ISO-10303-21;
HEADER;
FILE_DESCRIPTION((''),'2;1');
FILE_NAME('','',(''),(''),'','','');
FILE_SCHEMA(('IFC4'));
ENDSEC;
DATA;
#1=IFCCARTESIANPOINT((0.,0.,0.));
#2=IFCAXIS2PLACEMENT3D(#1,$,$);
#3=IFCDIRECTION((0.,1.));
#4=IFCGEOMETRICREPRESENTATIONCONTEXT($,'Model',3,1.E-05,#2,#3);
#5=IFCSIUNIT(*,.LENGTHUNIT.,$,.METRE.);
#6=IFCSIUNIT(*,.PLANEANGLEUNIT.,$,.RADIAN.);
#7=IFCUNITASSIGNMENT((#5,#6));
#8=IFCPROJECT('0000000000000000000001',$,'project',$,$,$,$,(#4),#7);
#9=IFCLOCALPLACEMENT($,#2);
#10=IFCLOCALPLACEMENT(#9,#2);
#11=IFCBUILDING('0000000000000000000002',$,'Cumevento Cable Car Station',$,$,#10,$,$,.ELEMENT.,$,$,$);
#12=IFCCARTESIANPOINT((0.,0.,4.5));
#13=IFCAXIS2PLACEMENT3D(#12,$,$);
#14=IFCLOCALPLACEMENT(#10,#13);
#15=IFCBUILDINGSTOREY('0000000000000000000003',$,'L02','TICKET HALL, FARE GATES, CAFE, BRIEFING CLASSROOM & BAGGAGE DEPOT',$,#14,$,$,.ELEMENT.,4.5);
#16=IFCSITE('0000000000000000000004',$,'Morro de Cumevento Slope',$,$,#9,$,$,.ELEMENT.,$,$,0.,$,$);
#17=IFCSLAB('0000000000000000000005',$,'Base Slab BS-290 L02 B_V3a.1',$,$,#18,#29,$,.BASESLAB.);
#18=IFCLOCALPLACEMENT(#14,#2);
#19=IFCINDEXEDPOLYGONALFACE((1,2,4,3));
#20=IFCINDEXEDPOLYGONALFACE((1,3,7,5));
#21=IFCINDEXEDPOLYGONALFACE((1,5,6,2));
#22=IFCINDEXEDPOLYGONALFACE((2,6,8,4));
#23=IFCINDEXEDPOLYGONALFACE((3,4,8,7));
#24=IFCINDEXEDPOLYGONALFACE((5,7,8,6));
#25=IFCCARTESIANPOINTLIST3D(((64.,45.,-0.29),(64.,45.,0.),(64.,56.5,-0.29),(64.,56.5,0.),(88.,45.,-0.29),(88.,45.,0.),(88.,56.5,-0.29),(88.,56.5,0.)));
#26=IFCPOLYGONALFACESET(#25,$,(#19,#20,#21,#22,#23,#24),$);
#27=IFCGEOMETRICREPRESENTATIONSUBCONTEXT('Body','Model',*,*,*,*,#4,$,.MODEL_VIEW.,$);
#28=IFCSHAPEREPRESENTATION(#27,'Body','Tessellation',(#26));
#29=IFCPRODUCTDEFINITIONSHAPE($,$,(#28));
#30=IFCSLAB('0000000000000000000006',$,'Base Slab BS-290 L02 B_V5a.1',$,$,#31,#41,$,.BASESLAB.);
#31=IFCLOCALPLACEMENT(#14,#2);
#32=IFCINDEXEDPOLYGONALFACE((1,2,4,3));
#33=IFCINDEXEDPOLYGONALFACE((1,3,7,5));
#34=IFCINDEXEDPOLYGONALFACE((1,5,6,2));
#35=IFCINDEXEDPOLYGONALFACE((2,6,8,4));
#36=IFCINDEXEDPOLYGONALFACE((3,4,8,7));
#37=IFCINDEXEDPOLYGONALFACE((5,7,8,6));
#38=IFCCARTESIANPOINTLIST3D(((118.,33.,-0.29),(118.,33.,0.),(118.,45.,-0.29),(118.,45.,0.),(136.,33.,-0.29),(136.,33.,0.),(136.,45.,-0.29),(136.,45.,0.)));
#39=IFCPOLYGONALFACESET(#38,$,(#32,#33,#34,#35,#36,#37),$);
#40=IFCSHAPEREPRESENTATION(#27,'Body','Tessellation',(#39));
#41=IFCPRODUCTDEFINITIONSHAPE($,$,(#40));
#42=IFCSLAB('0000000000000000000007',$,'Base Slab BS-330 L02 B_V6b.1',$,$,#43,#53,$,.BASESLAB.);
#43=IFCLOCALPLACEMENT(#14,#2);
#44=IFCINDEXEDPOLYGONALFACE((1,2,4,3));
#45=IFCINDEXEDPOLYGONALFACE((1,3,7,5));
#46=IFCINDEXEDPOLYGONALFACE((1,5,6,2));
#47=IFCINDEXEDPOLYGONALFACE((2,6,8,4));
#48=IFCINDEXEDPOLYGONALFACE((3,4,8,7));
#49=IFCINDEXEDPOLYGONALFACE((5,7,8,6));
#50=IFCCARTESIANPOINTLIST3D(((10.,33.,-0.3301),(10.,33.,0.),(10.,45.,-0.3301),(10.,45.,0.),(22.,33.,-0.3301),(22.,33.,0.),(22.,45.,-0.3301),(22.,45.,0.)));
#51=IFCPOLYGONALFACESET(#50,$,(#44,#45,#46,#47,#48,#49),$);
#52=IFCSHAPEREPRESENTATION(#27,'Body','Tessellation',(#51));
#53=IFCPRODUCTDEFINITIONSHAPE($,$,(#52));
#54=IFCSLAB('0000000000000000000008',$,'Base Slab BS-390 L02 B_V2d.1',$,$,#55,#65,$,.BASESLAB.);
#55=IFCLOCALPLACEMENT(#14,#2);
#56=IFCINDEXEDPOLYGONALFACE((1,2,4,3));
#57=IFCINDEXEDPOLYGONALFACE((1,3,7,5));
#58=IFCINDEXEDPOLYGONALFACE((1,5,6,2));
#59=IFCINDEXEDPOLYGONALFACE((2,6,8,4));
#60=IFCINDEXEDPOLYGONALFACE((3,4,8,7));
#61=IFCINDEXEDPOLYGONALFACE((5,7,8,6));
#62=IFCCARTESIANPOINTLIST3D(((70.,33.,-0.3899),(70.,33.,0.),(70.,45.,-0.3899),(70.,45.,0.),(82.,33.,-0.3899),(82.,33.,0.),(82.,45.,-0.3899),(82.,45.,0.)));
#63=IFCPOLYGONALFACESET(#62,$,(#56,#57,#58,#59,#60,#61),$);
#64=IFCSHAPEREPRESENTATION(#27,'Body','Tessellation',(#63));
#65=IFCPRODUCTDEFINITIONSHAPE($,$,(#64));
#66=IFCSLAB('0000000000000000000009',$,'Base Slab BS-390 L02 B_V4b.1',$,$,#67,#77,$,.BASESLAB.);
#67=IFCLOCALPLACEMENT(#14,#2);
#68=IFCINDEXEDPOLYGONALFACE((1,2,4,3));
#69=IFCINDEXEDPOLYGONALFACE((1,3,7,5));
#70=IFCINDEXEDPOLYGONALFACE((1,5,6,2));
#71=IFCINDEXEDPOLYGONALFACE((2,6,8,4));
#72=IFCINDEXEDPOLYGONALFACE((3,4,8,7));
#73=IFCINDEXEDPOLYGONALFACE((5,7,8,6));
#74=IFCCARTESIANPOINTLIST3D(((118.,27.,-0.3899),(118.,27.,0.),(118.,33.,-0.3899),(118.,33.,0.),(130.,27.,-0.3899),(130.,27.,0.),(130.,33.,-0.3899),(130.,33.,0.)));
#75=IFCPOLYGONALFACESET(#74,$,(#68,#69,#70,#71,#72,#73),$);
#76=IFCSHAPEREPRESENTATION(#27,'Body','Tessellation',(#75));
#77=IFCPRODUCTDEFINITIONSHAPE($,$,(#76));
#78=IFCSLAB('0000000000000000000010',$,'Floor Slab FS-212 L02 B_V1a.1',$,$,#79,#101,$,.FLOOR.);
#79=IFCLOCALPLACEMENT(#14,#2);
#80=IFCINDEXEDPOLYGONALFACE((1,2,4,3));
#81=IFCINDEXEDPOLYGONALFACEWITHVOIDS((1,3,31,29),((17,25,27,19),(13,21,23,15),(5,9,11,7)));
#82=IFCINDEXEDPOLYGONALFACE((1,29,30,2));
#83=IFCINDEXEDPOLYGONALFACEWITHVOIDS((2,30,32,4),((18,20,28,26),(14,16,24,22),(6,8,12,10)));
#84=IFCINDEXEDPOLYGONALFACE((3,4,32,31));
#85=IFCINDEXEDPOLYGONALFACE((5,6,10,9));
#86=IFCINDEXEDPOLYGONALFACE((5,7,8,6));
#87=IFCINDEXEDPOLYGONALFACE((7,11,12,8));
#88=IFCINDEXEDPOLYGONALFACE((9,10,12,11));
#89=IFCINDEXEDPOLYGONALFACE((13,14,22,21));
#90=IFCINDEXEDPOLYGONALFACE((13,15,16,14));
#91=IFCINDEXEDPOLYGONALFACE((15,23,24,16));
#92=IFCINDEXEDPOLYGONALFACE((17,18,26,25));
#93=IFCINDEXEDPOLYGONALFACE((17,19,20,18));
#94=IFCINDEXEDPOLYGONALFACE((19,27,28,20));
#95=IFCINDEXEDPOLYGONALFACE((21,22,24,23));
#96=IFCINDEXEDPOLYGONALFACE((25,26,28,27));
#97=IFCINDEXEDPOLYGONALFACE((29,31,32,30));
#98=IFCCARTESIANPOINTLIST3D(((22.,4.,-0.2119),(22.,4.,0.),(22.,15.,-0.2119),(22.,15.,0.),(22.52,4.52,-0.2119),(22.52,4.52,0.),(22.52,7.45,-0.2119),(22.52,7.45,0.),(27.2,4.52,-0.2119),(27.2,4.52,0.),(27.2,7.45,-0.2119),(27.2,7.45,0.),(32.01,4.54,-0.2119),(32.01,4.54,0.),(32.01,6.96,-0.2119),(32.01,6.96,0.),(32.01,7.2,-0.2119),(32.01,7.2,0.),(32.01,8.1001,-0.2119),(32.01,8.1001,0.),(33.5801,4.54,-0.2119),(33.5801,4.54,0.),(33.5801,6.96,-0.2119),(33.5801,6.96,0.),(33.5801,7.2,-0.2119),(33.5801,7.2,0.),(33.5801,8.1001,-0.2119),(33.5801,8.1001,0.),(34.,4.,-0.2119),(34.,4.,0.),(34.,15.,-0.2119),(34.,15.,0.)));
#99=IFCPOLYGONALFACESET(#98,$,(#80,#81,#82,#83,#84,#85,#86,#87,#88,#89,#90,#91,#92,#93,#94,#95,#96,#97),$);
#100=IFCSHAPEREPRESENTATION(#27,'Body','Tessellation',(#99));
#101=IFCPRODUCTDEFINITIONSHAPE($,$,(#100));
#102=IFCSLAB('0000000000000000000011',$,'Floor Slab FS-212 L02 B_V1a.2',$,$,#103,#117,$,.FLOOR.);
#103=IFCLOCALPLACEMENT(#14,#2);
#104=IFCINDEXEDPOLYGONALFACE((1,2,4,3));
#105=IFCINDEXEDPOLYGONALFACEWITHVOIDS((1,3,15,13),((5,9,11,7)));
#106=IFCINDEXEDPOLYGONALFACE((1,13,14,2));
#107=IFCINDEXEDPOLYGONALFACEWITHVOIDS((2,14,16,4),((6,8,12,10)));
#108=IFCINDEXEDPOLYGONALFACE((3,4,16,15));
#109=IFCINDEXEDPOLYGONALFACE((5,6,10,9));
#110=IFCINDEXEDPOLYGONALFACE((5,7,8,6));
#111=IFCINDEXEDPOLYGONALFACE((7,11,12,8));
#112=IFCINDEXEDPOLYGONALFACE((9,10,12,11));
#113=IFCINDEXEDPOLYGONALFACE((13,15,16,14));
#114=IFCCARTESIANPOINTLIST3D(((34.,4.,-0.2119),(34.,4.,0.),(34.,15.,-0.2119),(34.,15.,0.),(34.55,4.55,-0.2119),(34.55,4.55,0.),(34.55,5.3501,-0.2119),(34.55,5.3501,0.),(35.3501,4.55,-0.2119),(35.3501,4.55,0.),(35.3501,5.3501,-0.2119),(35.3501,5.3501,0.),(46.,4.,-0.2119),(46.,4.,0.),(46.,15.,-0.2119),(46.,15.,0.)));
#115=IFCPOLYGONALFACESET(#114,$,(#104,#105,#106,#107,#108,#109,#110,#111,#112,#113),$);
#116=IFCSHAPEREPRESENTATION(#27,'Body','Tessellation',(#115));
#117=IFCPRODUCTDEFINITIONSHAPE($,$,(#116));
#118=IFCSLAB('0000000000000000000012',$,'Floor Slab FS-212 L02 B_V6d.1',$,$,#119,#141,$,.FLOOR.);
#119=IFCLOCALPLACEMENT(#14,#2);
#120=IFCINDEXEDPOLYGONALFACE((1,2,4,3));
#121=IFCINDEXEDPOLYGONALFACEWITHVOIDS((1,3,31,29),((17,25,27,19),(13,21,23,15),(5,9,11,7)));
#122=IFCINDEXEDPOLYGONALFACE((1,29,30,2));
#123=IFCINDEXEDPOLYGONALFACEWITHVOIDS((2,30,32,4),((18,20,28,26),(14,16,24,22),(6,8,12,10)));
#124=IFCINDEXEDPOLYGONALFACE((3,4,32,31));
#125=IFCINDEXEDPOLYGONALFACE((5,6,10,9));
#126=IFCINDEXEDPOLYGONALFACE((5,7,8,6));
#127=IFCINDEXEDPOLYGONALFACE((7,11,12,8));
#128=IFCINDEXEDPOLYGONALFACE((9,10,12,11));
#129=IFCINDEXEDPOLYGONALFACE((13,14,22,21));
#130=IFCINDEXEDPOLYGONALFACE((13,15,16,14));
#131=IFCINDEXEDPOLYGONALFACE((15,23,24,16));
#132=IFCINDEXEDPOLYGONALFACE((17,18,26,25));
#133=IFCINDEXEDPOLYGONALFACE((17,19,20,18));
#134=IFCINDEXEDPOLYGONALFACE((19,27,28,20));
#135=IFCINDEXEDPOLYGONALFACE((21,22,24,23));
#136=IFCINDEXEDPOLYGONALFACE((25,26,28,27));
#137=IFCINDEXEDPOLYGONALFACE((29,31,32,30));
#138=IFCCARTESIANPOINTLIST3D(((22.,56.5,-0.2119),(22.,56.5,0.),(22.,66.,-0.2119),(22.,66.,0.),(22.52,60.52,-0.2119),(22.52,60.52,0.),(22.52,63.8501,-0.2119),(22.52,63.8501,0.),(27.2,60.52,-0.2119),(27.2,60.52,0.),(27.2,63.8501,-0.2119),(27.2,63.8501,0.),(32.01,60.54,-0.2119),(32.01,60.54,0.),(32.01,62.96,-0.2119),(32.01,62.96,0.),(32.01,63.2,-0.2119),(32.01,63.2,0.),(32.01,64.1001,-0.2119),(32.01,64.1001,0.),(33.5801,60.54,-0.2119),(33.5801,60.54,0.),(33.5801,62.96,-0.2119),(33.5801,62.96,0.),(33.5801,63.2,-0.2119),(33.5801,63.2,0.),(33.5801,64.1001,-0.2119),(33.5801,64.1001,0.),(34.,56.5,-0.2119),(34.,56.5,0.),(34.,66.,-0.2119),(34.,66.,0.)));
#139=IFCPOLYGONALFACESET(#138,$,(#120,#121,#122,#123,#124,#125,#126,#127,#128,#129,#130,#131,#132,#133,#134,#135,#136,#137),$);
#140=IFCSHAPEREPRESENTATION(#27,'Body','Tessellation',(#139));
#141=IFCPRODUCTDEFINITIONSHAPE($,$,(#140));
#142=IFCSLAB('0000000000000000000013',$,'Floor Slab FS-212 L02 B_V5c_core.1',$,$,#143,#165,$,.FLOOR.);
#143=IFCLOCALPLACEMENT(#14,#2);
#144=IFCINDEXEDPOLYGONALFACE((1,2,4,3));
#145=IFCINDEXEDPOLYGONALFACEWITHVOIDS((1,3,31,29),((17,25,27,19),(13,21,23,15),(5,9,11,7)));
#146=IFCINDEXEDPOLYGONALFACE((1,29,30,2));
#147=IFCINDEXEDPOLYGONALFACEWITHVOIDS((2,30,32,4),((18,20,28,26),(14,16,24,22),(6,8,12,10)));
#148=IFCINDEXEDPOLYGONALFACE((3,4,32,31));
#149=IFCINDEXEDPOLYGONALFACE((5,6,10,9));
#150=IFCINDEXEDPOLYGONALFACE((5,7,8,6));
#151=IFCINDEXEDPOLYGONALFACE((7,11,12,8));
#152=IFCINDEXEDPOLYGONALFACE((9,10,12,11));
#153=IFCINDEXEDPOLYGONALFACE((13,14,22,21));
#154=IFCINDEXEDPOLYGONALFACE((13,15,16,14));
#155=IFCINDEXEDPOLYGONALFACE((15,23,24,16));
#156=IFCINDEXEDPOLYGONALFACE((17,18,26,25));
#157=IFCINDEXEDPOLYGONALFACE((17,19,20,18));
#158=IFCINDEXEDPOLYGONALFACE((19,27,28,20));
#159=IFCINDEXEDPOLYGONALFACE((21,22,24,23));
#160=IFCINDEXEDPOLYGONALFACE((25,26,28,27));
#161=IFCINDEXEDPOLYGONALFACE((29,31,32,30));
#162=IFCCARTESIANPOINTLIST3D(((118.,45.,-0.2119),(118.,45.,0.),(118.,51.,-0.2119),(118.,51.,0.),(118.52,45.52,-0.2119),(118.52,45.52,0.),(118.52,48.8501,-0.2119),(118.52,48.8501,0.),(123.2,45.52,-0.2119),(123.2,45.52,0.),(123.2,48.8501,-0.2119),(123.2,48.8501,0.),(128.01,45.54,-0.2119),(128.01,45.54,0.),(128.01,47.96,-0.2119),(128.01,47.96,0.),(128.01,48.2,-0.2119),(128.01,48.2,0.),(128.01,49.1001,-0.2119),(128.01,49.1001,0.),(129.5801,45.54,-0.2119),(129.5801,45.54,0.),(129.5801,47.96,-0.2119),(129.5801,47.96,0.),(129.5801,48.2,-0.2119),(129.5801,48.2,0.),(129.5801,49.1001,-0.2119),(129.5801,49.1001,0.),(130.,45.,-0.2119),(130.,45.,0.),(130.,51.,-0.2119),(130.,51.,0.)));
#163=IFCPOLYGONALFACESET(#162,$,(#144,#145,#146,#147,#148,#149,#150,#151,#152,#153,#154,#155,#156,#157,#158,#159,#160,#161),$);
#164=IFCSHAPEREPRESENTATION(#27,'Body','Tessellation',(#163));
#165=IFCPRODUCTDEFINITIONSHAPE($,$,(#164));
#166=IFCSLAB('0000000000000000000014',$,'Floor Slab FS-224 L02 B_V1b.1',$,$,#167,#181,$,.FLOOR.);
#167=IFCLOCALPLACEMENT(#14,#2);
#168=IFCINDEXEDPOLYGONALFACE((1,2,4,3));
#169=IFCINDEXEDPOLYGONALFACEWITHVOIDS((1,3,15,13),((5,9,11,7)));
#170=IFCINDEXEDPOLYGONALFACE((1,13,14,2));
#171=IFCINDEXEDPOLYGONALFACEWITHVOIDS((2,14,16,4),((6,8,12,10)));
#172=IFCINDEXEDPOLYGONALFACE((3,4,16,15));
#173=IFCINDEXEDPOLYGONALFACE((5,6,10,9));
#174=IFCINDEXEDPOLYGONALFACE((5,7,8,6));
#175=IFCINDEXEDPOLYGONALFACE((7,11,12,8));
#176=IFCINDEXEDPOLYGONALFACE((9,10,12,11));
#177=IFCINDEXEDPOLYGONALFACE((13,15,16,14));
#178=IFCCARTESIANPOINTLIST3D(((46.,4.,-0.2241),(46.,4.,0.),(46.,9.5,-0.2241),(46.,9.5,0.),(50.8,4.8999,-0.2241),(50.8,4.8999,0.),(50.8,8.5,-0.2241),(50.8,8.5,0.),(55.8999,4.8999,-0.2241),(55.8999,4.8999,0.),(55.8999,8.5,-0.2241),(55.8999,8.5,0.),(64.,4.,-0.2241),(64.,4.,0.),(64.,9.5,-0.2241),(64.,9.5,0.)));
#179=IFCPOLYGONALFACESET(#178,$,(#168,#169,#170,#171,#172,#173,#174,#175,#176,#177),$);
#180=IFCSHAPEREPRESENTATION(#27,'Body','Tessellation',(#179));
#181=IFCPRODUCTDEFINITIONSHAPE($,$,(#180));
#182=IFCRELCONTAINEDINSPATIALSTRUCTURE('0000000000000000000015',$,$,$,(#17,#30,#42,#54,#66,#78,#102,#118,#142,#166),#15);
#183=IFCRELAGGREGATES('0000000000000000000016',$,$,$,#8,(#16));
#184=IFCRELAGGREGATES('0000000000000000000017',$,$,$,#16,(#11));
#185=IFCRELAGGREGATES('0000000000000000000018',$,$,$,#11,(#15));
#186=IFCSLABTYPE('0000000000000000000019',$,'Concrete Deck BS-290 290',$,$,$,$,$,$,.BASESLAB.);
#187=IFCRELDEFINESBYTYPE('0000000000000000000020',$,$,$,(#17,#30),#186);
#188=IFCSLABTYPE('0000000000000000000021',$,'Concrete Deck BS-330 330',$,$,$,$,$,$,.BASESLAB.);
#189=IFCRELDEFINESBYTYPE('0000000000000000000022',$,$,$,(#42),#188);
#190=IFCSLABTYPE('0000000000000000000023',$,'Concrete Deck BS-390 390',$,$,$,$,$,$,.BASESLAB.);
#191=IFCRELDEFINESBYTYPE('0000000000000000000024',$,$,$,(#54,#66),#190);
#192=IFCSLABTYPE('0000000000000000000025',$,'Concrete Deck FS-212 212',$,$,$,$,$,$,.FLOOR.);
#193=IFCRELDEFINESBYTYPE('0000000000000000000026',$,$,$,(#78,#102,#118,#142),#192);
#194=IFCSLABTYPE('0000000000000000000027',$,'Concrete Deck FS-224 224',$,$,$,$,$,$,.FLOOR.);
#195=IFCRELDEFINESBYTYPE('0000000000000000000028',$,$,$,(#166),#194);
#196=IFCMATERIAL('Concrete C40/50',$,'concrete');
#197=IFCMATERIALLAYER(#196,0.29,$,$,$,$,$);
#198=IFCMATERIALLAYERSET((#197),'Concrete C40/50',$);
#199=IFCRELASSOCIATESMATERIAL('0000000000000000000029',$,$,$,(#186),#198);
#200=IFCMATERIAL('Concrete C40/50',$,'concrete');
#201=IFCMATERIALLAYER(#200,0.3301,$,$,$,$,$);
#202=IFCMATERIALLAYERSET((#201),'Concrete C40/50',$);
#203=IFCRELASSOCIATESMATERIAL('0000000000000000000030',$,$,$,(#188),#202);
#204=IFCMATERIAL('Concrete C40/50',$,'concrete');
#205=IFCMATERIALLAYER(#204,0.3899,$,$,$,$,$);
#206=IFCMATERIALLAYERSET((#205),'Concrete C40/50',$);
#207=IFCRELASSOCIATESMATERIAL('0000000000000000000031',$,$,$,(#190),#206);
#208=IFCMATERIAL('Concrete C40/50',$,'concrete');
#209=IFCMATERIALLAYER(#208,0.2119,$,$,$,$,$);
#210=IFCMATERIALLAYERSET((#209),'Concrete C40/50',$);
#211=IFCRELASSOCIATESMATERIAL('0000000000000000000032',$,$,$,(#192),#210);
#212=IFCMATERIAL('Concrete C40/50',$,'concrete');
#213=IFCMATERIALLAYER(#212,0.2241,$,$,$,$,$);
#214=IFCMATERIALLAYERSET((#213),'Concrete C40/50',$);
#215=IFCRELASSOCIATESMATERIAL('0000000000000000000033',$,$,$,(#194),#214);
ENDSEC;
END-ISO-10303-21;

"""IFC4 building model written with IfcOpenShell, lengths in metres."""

from ifc_helpers import new_model, si_unit, direction, frame, origin, place, context, subcontext, project, spatial, polyline, outline, extrude, material, layer, layer_set, type_object, element, save


model = new_model("IFC4")

# Units and contexts
model_context = context("Model", 3, precision=1e-05, world=origin(), true_north=direction((0.0, 1.0)))
body_context = subcontext(model_context, "Body", "Model", "MODEL_VIEW")
ifc_project = project(units=[si_unit("LENGTHUNIT", "METRE"), si_unit("PLANEANGLEUNIT", "RADIAN")], contexts=[model_context])

# Site, building, storey
site_placement = place(None, origin())
site = spatial("IfcSite", under=ifc_project, at=site_placement, Name="Morro de Cumevento Slope", CompositionType="ELEMENT", RefElevation=0.0)
building_placement = place(site_placement, origin())
building = spatial("IfcBuilding", under=site, at=building_placement, Name="Cumevento Cable Car Station", CompositionType="ELEMENT")
storey_placement = place(building_placement, frame((0.0, 0.0, 4.5)))
storey = spatial("IfcBuildingStorey", under=building, at=storey_placement, Name="L02", Description="TICKET HALL, FARE GATES, CAFE, BRIEFING CLASSROOM & BAGGAGE DEPOT", CompositionType="ELEMENT", Elevation=4.5)

# Slabs
ifc_material_1 = material(Name="Concrete C40/50", Category="concrete")
ifc_layer_1 = layer(ifc_material_1, 0.29)
ifc_layer_set_1 = layer_set([ifc_layer_1], Name="Concrete C40/50")
slab_type_1 = type_object("IfcSlabType", Name="Concrete Deck BS-290 290", PredefinedType="BASESLAB", material=ifc_layer_set_1)
slab_1_placement = place(storey_placement, frame((0.0, 0.0, -0.29)))
element("IfcSlab", 1, at=slab_1_placement, inside=storey, type_object=slab_type_1, Name="Base Slab BS-290 L02 B_V3a.1", PredefinedType="BASESLAB", context=body_context, shape_type="SweptSolid", body=[
    extrude(outline(polyline([(64.0, 45.0), (88.0, 45.0), (88.0, 56.5), (64.0, 56.5), (64.0, 45.0)])), origin(), (0.0, 0.0, 1.0), 0.29),
])
slab_2_placement = place(storey_placement, frame((0.0, 0.0, -0.29)))
element("IfcSlab", 2, at=slab_2_placement, inside=storey, type_object=slab_type_1, Name="Base Slab BS-290 L02 B_V5a.1", PredefinedType="BASESLAB", context=body_context, shape_type="SweptSolid", body=[
    extrude(outline(polyline([(118.0, 33.0), (136.0, 33.0), (136.0, 45.0), (118.0, 45.0), (118.0, 33.0)])), origin(), (0.0, 0.0, 1.0), 0.29),
])
ifc_material_2 = material(Name="Concrete C40/50", Category="concrete")
ifc_layer_2 = layer(ifc_material_2, 0.3301)
ifc_layer_set_2 = layer_set([ifc_layer_2], Name="Concrete C40/50")
slab_type_2 = type_object("IfcSlabType", Name="Concrete Deck BS-330 330", PredefinedType="BASESLAB", material=ifc_layer_set_2)
slab_3_placement = place(storey_placement, frame((0.0, 0.0, -0.3301)))
element("IfcSlab", 3, at=slab_3_placement, inside=storey, type_object=slab_type_2, Name="Base Slab BS-330 L02 B_V6b.1", PredefinedType="BASESLAB", context=body_context, shape_type="SweptSolid", body=[
    extrude(outline(polyline([(10.0, 33.0), (22.0, 33.0), (22.0, 45.0), (10.0, 45.0), (10.0, 33.0)])), origin(), (0.0, 0.0, 1.0), 0.3301),
])
ifc_material_3 = material(Name="Concrete C40/50", Category="concrete")
ifc_layer_3 = layer(ifc_material_3, 0.3899)
ifc_layer_set_3 = layer_set([ifc_layer_3], Name="Concrete C40/50")
slab_type_3 = type_object("IfcSlabType", Name="Concrete Deck BS-390 390", PredefinedType="BASESLAB", material=ifc_layer_set_3)
slab_4_placement = place(storey_placement, frame((0.0, 0.0, -0.3899)))
element("IfcSlab", 4, at=slab_4_placement, inside=storey, type_object=slab_type_3, Name="Base Slab BS-390 L02 B_V2d.1", PredefinedType="BASESLAB", context=body_context, shape_type="SweptSolid", body=[
    extrude(outline(polyline([(70.0, 33.0), (82.0, 33.0), (82.0, 45.0), (70.0, 45.0), (70.0, 33.0)])), origin(), (0.0, 0.0, 1.0), 0.3899),
])
slab_5_placement = place(storey_placement, frame((0.0, 0.0, -0.3899)))
element("IfcSlab", 5, at=slab_5_placement, inside=storey, type_object=slab_type_3, Name="Base Slab BS-390 L02 B_V4b.1", PredefinedType="BASESLAB", context=body_context, shape_type="SweptSolid", body=[
    extrude(outline(polyline([(118.0, 27.0), (130.0, 27.0), (130.0, 33.0), (118.0, 33.0), (118.0, 27.0)])), origin(), (0.0, 0.0, 1.0), 0.3899),
])
ifc_material_4 = material(Name="Concrete C40/50", Category="concrete")
ifc_layer_4 = layer(ifc_material_4, 0.2119)
ifc_layer_set_4 = layer_set([ifc_layer_4], Name="Concrete C40/50")
slab_type_4 = type_object("IfcSlabType", Name="Concrete Deck FS-212 212", PredefinedType="FLOOR", material=ifc_layer_set_4)
slab_6_placement = place(storey_placement, frame((0.0, 0.0, -0.2119)))
element("IfcSlab", 6, at=slab_6_placement, inside=storey, type_object=slab_type_4, Name="Floor Slab FS-212 L02 B_V1a.1", PredefinedType="FLOOR", context=body_context, shape_type="SweptSolid", body=[
    extrude(outline(polyline([(22.0, 4.0), (34.0, 4.0), (34.0, 15.0), (22.0, 15.0), (22.0, 4.0)]), holes=[polyline([(32.01, 4.54), (33.5801, 4.54), (33.5801, 6.96), (32.01, 6.96), (32.01, 4.54)]), polyline([(22.52, 4.52), (27.2, 4.52), (27.2, 7.45), (22.52, 7.45), (22.52, 4.52)]), polyline([(32.01, 7.2), (33.5801, 7.2), (33.5801, 8.1001), (32.01, 8.1001), (32.01, 7.2)])]), origin(), (0.0, 0.0, 1.0), 0.2119),
])
slab_7_placement = place(storey_placement, frame((0.0, 0.0, -0.2119)))
element("IfcSlab", 7, at=slab_7_placement, inside=storey, type_object=slab_type_4, Name="Floor Slab FS-212 L02 B_V1a.2", PredefinedType="FLOOR", context=body_context, shape_type="SweptSolid", body=[
    extrude(outline(polyline([(34.0, 4.0), (46.0, 4.0), (46.0, 15.0), (34.0, 15.0), (34.0, 4.0)]), holes=[polyline([(34.55, 4.55), (35.3501, 4.55), (35.3501, 5.3501), (34.55, 5.3501), (34.55, 4.55)])]), origin(), (0.0, 0.0, 1.0), 0.2119),
])
slab_8_placement = place(storey_placement, frame((0.0, 0.0, -0.2119)))
element("IfcSlab", 8, at=slab_8_placement, inside=storey, type_object=slab_type_4, Name="Floor Slab FS-212 L02 B_V6d.1", PredefinedType="FLOOR", context=body_context, shape_type="SweptSolid", body=[
    extrude(outline(polyline([(22.0, 56.5), (34.0, 56.5), (34.0, 66.0), (22.0, 66.0), (22.0, 56.5)]), holes=[polyline([(32.01, 60.54), (33.5801, 60.54), (33.5801, 62.96), (32.01, 62.96), (32.01, 60.54)]), polyline([(22.52, 60.52), (27.2, 60.52), (27.2, 63.8501), (22.52, 63.8501), (22.52, 60.52)]), polyline([(32.01, 63.2), (33.5801, 63.2), (33.5801, 64.1001), (32.01, 64.1001), (32.01, 63.2)])]), origin(), (0.0, 0.0, 1.0), 0.2119),
])
slab_9_placement = place(storey_placement, frame((0.0, 0.0, -0.2119)))
element("IfcSlab", 9, at=slab_9_placement, inside=storey, type_object=slab_type_4, Name="Floor Slab FS-212 L02 B_V5c_core.1", PredefinedType="FLOOR", context=body_context, shape_type="SweptSolid", body=[
    extrude(outline(polyline([(118.0, 45.0), (130.0, 45.0), (130.0, 51.0), (118.0, 51.0), (118.0, 45.0)]), holes=[polyline([(128.01, 45.54), (129.5801, 45.54), (129.5801, 47.96), (128.01, 47.96), (128.01, 45.54)]), polyline([(118.52, 45.52), (123.2, 45.52), (123.2, 48.8501), (118.52, 48.8501), (118.52, 45.52)]), polyline([(128.01, 48.2), (129.5801, 48.2), (129.5801, 49.1001), (128.01, 49.1001), (128.01, 48.2)])]), origin(), (0.0, 0.0, 1.0), 0.2119),
])
ifc_material_5 = material(Name="Concrete C40/50", Category="concrete")
ifc_layer_5 = layer(ifc_material_5, 0.2241)
ifc_layer_set_5 = layer_set([ifc_layer_5], Name="Concrete C40/50")
slab_type_5 = type_object("IfcSlabType", Name="Concrete Deck FS-224 224", PredefinedType="FLOOR", material=ifc_layer_set_5)
slab_10_placement = place(storey_placement, frame((0.0, 0.0, -0.2241)))
element("IfcSlab", 10, at=slab_10_placement, inside=storey, type_object=slab_type_5, Name="Floor Slab FS-224 L02 B_V1b.1", PredefinedType="FLOOR", context=body_context, shape_type="SweptSolid", body=[
    extrude(outline(polyline([(46.0, 4.0), (64.0, 4.0), (64.0, 9.5), (46.0, 9.5), (46.0, 4.0)]), holes=[polyline([(50.8, 4.8999), (55.8999, 4.8999), (55.8999, 8.5), (50.8, 8.5), (50.8, 4.8999)])]), origin(), (0.0, 0.0, 1.0), 0.2241),
])

save(model, "model.ifc")
